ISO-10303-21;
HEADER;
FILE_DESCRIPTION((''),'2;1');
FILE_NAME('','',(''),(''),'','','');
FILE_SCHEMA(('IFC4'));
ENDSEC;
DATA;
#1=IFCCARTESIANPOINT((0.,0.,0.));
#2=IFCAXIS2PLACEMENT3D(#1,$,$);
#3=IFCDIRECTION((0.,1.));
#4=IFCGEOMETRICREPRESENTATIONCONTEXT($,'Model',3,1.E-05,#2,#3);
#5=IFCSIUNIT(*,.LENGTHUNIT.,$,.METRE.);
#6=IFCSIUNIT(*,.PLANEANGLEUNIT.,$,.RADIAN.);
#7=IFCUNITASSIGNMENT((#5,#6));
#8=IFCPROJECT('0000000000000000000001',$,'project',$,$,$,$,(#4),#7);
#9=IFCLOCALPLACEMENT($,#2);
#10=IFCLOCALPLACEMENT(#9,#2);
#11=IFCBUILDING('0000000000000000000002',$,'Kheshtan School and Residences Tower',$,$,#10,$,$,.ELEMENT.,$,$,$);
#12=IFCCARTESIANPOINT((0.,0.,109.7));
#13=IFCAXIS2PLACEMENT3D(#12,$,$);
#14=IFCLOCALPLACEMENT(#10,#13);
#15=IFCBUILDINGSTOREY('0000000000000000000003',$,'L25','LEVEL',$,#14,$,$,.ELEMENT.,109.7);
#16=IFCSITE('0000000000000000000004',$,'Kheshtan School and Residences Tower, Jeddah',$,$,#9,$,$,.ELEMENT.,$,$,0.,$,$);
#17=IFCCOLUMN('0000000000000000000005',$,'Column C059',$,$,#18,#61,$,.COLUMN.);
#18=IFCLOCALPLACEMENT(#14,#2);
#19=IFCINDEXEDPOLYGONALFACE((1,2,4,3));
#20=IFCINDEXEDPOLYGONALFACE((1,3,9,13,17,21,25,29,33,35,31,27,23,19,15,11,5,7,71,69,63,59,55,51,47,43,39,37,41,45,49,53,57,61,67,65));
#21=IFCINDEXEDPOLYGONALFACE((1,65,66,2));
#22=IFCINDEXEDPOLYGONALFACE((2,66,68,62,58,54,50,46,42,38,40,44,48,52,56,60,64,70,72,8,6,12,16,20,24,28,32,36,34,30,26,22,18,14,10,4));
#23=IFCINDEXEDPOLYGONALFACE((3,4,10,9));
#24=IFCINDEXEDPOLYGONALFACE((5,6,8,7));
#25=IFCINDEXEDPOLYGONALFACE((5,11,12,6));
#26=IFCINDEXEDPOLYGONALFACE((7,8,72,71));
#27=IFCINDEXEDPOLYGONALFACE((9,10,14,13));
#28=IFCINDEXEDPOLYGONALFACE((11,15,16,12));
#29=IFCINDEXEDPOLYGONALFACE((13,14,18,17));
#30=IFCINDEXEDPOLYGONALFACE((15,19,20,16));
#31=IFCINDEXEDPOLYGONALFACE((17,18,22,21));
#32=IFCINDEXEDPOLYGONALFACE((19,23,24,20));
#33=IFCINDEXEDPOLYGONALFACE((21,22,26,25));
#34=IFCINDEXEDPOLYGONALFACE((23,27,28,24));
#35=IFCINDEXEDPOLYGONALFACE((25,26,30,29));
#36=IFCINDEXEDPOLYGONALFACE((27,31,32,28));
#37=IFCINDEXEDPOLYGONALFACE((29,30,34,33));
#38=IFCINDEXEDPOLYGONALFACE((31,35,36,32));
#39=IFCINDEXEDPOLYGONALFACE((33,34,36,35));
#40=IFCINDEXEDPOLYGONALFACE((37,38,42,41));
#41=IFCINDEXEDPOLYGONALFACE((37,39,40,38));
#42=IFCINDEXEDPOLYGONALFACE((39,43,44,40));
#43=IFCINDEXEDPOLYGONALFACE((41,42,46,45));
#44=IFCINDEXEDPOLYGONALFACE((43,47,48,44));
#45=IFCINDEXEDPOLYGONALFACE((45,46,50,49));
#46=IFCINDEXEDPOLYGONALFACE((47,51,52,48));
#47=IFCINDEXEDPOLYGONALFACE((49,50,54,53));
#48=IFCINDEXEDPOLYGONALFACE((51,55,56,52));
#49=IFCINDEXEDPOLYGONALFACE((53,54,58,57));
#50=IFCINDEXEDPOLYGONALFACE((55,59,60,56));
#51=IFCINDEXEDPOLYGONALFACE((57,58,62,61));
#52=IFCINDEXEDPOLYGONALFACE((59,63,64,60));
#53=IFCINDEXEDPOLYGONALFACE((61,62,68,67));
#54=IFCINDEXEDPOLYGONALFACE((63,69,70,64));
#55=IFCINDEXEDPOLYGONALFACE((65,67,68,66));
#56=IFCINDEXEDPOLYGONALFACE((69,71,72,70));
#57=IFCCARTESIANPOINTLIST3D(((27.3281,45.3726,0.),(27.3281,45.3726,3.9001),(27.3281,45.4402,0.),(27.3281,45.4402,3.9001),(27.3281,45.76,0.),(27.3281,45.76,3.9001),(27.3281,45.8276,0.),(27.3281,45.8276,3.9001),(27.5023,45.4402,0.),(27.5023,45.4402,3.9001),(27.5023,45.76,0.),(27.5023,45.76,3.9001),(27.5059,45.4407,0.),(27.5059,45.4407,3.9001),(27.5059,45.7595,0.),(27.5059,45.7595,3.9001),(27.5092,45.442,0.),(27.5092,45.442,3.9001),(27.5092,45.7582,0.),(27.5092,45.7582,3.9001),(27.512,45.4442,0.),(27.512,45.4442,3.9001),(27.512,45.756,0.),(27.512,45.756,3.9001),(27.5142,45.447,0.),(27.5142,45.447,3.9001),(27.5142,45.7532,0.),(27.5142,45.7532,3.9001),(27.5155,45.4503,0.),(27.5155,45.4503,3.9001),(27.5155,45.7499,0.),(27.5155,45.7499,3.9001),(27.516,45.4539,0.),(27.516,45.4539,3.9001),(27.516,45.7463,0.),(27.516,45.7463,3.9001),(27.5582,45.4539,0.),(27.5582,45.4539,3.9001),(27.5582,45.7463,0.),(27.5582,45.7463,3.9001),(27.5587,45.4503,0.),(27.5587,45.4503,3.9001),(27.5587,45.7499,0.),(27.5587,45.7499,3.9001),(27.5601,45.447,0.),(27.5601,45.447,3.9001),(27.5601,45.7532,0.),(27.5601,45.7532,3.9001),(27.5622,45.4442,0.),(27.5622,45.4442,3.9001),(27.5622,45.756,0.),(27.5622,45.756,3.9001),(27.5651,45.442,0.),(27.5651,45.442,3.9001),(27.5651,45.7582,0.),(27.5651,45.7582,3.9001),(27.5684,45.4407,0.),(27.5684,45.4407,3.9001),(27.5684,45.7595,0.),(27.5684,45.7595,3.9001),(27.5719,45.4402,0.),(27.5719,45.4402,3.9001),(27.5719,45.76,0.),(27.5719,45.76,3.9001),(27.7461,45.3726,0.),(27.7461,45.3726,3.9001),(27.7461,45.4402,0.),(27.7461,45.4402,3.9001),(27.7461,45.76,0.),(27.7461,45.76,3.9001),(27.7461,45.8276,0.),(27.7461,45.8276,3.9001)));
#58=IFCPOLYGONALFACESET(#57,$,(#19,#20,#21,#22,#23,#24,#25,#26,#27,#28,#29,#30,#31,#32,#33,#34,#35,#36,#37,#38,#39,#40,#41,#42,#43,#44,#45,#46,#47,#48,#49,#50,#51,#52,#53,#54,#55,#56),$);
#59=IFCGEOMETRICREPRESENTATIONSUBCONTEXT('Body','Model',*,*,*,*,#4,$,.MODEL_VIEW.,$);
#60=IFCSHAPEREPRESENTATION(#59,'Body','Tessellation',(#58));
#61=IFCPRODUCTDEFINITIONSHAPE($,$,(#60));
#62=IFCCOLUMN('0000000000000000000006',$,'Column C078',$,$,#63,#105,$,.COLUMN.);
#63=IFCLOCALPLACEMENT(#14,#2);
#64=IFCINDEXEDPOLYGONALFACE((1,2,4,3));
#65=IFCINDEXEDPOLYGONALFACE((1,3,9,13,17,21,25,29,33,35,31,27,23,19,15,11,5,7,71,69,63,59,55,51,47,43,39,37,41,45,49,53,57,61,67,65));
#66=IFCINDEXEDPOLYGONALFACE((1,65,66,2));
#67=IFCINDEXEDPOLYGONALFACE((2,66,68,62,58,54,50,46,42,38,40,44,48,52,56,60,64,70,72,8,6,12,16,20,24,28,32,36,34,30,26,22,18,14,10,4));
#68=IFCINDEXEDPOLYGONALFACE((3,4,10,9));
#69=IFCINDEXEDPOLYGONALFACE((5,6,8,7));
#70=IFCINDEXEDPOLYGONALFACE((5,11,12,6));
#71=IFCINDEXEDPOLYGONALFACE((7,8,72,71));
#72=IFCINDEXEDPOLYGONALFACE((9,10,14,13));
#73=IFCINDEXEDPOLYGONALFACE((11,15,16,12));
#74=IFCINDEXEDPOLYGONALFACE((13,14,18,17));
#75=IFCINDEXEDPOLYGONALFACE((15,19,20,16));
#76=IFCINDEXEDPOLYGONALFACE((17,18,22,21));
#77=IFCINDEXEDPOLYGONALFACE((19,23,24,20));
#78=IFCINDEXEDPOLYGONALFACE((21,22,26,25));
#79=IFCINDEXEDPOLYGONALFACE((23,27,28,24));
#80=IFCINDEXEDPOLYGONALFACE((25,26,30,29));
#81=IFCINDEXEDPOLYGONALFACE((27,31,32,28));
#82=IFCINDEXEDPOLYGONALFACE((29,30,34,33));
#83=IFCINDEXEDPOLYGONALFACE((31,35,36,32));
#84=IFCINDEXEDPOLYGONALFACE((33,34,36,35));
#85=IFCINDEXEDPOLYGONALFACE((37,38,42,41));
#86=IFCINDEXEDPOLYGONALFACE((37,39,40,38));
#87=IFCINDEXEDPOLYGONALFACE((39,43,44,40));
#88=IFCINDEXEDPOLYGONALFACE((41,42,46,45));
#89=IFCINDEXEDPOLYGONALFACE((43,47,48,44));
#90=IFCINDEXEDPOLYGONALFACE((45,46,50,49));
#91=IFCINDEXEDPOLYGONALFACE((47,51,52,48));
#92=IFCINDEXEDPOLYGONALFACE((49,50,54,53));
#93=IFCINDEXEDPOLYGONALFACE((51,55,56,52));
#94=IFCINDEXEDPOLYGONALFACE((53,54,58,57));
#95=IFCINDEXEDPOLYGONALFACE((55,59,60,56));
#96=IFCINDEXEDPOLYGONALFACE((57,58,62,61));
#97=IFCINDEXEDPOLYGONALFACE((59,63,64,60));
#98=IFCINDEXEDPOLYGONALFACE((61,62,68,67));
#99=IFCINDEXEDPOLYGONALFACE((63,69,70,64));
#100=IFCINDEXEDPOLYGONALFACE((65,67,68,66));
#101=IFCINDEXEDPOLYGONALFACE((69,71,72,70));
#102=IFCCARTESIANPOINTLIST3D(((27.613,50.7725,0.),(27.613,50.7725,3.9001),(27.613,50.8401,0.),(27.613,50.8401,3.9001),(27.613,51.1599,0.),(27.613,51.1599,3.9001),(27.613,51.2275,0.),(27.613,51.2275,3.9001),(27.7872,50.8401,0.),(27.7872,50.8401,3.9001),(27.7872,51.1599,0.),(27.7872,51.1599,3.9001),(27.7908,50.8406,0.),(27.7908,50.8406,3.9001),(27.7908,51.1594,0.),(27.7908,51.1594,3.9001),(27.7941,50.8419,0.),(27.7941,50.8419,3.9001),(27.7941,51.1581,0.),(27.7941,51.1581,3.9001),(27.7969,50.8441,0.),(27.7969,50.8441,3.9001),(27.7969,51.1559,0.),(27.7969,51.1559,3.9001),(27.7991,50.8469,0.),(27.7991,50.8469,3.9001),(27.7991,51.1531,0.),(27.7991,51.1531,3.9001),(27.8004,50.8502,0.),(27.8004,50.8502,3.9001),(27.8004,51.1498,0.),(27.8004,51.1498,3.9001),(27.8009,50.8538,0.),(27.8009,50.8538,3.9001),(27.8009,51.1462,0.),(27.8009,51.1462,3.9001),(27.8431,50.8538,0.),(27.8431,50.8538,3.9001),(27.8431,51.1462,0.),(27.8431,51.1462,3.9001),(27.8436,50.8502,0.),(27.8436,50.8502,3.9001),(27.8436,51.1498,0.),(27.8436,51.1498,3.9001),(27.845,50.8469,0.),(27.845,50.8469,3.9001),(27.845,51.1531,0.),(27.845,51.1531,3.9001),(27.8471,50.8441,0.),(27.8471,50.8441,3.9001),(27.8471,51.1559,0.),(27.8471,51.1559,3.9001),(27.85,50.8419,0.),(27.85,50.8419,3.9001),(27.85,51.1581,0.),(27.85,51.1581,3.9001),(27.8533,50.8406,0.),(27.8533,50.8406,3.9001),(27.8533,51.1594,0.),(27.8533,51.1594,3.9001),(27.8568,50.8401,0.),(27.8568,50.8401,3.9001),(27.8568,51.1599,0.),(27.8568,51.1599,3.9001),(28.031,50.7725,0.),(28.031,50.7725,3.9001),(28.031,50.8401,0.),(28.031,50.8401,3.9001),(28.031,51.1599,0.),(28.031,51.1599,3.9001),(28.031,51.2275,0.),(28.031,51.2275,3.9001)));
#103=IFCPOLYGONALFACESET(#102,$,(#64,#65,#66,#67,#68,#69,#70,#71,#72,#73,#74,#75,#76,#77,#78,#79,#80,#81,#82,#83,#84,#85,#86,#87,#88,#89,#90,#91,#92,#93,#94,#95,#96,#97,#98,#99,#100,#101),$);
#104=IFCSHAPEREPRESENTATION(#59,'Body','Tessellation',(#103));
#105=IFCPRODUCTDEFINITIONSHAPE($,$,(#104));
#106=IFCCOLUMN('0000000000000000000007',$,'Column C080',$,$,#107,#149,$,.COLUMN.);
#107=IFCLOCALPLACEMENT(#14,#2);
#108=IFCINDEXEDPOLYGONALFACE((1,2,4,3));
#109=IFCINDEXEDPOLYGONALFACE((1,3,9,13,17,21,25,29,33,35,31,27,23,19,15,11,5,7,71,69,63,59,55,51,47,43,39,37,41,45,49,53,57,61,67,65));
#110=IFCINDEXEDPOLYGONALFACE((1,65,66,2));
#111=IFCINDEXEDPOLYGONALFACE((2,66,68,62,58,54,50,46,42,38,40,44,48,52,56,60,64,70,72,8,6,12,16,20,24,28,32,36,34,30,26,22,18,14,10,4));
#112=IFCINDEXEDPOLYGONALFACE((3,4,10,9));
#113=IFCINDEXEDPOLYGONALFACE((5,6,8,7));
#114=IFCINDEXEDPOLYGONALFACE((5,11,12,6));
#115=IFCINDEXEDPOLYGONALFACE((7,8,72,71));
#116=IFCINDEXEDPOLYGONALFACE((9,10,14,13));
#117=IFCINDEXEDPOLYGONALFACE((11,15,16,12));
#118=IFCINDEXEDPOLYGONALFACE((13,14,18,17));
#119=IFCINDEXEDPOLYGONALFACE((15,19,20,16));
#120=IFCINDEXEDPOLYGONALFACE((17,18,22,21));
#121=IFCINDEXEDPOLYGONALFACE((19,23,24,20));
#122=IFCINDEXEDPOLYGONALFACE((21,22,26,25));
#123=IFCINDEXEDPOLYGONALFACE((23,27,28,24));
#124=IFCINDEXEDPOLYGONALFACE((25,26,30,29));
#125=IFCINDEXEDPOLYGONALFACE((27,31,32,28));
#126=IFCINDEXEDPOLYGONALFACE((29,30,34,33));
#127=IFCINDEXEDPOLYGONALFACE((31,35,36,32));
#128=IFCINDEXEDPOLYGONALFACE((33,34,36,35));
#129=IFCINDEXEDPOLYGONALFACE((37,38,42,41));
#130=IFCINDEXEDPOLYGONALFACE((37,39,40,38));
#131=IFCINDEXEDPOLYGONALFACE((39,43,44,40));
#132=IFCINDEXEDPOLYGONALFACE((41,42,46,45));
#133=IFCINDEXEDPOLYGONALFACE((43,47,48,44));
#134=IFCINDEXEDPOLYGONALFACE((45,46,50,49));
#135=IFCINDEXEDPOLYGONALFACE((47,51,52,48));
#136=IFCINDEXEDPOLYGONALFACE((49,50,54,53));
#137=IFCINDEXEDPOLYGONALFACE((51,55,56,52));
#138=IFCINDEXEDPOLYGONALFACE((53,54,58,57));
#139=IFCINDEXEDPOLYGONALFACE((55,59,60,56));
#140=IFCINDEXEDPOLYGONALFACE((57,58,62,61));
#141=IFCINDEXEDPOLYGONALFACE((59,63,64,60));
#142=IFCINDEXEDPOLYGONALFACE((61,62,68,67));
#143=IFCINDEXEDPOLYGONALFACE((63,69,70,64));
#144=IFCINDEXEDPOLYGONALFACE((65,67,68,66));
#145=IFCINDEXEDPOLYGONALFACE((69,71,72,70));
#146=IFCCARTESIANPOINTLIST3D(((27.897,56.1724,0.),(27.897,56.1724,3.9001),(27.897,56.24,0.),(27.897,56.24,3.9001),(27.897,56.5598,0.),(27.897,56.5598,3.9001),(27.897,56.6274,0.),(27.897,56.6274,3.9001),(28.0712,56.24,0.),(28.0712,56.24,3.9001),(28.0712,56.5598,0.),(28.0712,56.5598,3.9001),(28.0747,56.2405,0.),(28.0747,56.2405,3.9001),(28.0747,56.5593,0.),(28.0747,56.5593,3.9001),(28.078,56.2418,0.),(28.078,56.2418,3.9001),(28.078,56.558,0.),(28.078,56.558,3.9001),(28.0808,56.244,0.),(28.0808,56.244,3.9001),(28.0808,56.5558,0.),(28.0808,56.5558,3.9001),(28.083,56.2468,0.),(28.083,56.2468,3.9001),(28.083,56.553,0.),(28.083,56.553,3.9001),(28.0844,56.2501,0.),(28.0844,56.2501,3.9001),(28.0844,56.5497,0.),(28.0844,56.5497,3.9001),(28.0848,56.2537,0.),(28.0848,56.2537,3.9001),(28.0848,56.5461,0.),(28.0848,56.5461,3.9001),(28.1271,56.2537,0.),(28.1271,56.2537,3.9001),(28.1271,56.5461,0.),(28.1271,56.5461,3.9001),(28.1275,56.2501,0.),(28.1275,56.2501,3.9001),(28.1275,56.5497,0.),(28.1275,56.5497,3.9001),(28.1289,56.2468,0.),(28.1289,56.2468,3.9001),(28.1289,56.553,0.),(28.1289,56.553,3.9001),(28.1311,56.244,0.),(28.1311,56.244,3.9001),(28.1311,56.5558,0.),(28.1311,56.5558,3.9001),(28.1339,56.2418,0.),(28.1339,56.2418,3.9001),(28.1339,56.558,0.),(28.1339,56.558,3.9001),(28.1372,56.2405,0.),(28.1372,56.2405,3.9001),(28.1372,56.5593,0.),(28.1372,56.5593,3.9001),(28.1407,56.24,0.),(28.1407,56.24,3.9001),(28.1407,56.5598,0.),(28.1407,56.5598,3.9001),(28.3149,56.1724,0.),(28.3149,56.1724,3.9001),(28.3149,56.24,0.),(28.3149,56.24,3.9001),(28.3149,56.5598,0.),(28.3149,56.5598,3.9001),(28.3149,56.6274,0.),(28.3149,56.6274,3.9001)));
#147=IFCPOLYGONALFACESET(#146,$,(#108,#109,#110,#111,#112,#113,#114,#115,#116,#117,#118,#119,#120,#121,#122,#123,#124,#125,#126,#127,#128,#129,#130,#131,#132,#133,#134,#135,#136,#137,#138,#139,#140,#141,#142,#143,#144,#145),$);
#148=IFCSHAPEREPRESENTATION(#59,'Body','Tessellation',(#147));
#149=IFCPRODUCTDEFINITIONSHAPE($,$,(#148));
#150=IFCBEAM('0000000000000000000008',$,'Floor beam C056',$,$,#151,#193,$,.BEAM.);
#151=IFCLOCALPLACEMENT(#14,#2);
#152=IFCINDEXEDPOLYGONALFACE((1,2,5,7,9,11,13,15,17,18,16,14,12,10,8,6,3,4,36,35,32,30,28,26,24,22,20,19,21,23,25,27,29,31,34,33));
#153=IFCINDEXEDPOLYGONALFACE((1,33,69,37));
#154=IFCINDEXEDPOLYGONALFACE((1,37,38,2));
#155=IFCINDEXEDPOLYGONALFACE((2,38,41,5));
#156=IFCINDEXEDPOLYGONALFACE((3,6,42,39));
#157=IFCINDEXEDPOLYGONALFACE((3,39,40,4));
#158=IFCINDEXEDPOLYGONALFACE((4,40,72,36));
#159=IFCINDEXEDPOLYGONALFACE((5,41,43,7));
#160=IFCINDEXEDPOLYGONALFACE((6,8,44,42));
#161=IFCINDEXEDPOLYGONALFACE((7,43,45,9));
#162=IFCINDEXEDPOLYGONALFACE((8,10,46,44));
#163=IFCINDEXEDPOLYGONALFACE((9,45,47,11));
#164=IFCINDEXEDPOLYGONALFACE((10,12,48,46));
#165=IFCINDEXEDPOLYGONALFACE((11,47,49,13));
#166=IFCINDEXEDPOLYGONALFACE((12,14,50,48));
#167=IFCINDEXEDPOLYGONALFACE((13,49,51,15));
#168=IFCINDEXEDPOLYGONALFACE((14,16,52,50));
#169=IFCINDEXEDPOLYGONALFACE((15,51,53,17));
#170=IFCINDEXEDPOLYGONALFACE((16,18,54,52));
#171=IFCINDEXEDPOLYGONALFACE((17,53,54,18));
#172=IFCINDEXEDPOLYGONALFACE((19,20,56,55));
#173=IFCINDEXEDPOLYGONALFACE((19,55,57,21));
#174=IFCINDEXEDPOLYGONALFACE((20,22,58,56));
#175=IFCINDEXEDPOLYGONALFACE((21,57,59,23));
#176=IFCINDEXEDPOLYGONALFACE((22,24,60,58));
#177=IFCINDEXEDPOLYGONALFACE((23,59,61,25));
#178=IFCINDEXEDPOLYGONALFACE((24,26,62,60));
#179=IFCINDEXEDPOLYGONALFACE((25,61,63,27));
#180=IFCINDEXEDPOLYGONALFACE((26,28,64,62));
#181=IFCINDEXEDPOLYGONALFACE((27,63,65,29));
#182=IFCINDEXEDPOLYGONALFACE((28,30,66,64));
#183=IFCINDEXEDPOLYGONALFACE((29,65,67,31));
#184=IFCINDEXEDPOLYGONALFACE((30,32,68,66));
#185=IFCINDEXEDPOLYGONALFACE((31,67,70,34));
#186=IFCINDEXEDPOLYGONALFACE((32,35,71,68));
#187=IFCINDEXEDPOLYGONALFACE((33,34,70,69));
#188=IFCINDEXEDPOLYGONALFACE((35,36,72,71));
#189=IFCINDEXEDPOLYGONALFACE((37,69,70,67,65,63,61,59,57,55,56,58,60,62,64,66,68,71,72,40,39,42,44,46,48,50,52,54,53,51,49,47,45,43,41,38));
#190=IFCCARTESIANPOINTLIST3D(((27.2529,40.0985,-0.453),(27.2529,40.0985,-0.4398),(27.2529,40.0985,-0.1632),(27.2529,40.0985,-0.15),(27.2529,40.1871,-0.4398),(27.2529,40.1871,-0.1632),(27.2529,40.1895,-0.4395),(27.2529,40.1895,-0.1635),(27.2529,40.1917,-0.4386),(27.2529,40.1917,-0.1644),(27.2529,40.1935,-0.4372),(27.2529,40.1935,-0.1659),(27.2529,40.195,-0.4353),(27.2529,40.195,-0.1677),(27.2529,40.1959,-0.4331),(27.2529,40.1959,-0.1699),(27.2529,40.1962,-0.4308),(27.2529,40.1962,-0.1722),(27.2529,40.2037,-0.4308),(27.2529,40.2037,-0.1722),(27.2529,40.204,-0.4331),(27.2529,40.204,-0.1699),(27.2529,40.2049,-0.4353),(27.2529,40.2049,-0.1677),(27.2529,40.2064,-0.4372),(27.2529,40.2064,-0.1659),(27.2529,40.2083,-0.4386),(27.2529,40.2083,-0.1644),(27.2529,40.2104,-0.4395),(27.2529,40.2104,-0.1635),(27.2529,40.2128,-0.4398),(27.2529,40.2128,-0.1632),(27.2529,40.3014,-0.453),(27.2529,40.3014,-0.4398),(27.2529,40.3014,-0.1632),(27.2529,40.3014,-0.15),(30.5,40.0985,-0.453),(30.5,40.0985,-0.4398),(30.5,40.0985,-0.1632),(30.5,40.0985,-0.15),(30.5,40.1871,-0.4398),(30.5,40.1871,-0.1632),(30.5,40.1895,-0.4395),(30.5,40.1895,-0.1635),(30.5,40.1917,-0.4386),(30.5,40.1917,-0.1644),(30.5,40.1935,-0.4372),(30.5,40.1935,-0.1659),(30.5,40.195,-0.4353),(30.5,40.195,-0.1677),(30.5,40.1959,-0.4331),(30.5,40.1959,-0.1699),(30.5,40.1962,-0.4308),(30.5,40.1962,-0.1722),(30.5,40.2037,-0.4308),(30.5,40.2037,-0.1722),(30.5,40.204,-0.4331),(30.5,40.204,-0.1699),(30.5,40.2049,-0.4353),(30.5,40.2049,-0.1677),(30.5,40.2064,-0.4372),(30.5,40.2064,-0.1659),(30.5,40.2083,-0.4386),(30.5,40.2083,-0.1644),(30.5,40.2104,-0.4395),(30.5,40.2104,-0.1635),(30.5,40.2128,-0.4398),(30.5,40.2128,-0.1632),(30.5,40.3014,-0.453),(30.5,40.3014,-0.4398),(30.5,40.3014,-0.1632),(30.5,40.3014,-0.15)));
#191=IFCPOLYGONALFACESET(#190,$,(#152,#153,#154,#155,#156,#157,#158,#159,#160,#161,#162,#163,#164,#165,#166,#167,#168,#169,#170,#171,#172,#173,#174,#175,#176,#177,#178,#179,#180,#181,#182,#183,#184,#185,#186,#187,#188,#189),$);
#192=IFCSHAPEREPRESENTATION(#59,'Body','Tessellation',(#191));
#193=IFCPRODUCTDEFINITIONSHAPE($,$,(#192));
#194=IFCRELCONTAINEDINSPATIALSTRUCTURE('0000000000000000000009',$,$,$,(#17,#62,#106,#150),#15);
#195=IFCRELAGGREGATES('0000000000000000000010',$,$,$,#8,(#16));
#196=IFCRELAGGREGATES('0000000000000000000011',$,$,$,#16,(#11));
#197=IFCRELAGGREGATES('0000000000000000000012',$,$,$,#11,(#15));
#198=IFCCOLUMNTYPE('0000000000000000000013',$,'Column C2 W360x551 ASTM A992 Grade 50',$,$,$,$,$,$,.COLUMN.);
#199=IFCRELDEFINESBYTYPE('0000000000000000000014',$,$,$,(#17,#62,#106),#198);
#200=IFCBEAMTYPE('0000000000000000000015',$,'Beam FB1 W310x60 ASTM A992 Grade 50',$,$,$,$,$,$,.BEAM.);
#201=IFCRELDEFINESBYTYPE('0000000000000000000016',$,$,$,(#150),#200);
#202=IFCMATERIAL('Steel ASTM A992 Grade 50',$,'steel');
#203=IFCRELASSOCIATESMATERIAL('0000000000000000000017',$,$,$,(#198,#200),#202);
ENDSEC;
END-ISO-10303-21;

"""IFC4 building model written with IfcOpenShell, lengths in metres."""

from ifc_helpers import new_model, si_unit, direction, frame, origin, origin_2d, place, context, subcontext, project, spatial, i_section, extrude, material, material_profile, profile_set, type_object, element, save


model = new_model("IFC4")

# Units and contexts
model_context = context("Model", 3, precision=1e-05, world=origin(), true_north=direction((0.0, 1.0)))
body_context = subcontext(model_context, "Body", "Model", "MODEL_VIEW")
ifc_project = project(units=[si_unit("LENGTHUNIT", "METRE"), si_unit("PLANEANGLEUNIT", "RADIAN")], contexts=[model_context])

# Site, building, storey
site_placement = place(None, origin())
site = spatial("IfcSite", under=ifc_project, at=site_placement, Name="Kheshtan School and Residences Tower, Jeddah", CompositionType="ELEMENT", RefElevation=0.0)
building_placement = place(site_placement, origin())
building = spatial("IfcBuilding", under=site, at=building_placement, Name="Kheshtan School and Residences Tower", CompositionType="ELEMENT")
storey_placement = place(building_placement, frame((0.0, 0.0, 109.7)))
storey = spatial("IfcBuildingStorey", under=building, at=storey_placement, Name="L25", Description="LEVEL", CompositionType="ELEMENT", Elevation=109.7)

# Columns
ifc_material_1 = material(Name="Steel ASTM A992 Grade 50", Category="steel")
ifc_material_profile_1 = material_profile(ifc_material_1, i_section(OverallWidth=0.418, OverallDepth=0.4551, WebThickness=0.0422, FlangeThickness=0.0676, FilletRadius=0.0137, at=origin_2d()), Name="W360x551")
ifc_profile_set_1 = profile_set([ifc_material_profile_1], Name="Steel ASTM A992 Grade 50")
column_type = type_object("IfcColumnType", Name="Column C2 W360x551 ASTM A992 Grade 50", PredefinedType="COLUMN", material=ifc_profile_set_1)
for number, where, z_axis, x_axis, name in (
    (1, (27.5371, 45.6001, 0.0), (0.0, 0.0, 1.0), (1.0, 0.0, 0.0), "Column C059"),
    (2, (27.822, 51.0, 0.0), (0.0, 0.0, 1.0), (1.0, 0.0, 0.0), "Column C078"),
    (3, (28.106, 56.3999, 0.0), (0.0, 0.0, 1.0), (1.0, 0.0, 0.0), "Column C080"),
):
    element("IfcColumn", number, at=place(storey_placement, frame(where, z_axis=z_axis, x_axis=x_axis)), inside=storey, type_object=column_type, Name=name, PredefinedType="COLUMN", context=body_context, shape_type="SweptSolid", body=[
        extrude(i_section(OverallWidth=0.418, OverallDepth=0.4551, WebThickness=0.0422, FlangeThickness=0.0676, FilletRadius=0.0137, at=origin_2d()), origin(), (0.0, 0.0, 1.0), 3.9001),
    ])

# Beam
ifc_material_profile_2 = material_profile(ifc_material_1, i_section(OverallWidth=0.2029, OverallDepth=0.303, WebThickness=0.0076, FlangeThickness=0.0132, FilletRadius=0.009, at=origin_2d()), Name="W310x60")
ifc_profile_set_2 = profile_set([ifc_material_profile_2], Name="Steel ASTM A992 Grade 50")
beam_type_1 = type_object("IfcBeamType", Name="Beam FB1 W310x60 ASTM A992 Grade 50", PredefinedType="BEAM", material=ifc_profile_set_2)
beam_1_placement = place(storey_placement, frame((27.2529, 40.2, -0.3015), z_axis=(1.0, 0.0, 0.0), x_axis=(0.0, 1.0, 0.0)))
element("IfcBeam", 4, at=beam_1_placement, inside=storey, type_object=beam_type_1, Name="Floor beam C056", PredefinedType="BEAM", context=body_context, shape_type="SweptSolid", body=[
    extrude(i_section(OverallWidth=0.2029, OverallDepth=0.303, WebThickness=0.0076, FlangeThickness=0.0132, FilletRadius=0.009, at=origin_2d()), origin(), (0.0, 0.0, 1.0), 3.2471),
])

save(model, "model.ifc")
